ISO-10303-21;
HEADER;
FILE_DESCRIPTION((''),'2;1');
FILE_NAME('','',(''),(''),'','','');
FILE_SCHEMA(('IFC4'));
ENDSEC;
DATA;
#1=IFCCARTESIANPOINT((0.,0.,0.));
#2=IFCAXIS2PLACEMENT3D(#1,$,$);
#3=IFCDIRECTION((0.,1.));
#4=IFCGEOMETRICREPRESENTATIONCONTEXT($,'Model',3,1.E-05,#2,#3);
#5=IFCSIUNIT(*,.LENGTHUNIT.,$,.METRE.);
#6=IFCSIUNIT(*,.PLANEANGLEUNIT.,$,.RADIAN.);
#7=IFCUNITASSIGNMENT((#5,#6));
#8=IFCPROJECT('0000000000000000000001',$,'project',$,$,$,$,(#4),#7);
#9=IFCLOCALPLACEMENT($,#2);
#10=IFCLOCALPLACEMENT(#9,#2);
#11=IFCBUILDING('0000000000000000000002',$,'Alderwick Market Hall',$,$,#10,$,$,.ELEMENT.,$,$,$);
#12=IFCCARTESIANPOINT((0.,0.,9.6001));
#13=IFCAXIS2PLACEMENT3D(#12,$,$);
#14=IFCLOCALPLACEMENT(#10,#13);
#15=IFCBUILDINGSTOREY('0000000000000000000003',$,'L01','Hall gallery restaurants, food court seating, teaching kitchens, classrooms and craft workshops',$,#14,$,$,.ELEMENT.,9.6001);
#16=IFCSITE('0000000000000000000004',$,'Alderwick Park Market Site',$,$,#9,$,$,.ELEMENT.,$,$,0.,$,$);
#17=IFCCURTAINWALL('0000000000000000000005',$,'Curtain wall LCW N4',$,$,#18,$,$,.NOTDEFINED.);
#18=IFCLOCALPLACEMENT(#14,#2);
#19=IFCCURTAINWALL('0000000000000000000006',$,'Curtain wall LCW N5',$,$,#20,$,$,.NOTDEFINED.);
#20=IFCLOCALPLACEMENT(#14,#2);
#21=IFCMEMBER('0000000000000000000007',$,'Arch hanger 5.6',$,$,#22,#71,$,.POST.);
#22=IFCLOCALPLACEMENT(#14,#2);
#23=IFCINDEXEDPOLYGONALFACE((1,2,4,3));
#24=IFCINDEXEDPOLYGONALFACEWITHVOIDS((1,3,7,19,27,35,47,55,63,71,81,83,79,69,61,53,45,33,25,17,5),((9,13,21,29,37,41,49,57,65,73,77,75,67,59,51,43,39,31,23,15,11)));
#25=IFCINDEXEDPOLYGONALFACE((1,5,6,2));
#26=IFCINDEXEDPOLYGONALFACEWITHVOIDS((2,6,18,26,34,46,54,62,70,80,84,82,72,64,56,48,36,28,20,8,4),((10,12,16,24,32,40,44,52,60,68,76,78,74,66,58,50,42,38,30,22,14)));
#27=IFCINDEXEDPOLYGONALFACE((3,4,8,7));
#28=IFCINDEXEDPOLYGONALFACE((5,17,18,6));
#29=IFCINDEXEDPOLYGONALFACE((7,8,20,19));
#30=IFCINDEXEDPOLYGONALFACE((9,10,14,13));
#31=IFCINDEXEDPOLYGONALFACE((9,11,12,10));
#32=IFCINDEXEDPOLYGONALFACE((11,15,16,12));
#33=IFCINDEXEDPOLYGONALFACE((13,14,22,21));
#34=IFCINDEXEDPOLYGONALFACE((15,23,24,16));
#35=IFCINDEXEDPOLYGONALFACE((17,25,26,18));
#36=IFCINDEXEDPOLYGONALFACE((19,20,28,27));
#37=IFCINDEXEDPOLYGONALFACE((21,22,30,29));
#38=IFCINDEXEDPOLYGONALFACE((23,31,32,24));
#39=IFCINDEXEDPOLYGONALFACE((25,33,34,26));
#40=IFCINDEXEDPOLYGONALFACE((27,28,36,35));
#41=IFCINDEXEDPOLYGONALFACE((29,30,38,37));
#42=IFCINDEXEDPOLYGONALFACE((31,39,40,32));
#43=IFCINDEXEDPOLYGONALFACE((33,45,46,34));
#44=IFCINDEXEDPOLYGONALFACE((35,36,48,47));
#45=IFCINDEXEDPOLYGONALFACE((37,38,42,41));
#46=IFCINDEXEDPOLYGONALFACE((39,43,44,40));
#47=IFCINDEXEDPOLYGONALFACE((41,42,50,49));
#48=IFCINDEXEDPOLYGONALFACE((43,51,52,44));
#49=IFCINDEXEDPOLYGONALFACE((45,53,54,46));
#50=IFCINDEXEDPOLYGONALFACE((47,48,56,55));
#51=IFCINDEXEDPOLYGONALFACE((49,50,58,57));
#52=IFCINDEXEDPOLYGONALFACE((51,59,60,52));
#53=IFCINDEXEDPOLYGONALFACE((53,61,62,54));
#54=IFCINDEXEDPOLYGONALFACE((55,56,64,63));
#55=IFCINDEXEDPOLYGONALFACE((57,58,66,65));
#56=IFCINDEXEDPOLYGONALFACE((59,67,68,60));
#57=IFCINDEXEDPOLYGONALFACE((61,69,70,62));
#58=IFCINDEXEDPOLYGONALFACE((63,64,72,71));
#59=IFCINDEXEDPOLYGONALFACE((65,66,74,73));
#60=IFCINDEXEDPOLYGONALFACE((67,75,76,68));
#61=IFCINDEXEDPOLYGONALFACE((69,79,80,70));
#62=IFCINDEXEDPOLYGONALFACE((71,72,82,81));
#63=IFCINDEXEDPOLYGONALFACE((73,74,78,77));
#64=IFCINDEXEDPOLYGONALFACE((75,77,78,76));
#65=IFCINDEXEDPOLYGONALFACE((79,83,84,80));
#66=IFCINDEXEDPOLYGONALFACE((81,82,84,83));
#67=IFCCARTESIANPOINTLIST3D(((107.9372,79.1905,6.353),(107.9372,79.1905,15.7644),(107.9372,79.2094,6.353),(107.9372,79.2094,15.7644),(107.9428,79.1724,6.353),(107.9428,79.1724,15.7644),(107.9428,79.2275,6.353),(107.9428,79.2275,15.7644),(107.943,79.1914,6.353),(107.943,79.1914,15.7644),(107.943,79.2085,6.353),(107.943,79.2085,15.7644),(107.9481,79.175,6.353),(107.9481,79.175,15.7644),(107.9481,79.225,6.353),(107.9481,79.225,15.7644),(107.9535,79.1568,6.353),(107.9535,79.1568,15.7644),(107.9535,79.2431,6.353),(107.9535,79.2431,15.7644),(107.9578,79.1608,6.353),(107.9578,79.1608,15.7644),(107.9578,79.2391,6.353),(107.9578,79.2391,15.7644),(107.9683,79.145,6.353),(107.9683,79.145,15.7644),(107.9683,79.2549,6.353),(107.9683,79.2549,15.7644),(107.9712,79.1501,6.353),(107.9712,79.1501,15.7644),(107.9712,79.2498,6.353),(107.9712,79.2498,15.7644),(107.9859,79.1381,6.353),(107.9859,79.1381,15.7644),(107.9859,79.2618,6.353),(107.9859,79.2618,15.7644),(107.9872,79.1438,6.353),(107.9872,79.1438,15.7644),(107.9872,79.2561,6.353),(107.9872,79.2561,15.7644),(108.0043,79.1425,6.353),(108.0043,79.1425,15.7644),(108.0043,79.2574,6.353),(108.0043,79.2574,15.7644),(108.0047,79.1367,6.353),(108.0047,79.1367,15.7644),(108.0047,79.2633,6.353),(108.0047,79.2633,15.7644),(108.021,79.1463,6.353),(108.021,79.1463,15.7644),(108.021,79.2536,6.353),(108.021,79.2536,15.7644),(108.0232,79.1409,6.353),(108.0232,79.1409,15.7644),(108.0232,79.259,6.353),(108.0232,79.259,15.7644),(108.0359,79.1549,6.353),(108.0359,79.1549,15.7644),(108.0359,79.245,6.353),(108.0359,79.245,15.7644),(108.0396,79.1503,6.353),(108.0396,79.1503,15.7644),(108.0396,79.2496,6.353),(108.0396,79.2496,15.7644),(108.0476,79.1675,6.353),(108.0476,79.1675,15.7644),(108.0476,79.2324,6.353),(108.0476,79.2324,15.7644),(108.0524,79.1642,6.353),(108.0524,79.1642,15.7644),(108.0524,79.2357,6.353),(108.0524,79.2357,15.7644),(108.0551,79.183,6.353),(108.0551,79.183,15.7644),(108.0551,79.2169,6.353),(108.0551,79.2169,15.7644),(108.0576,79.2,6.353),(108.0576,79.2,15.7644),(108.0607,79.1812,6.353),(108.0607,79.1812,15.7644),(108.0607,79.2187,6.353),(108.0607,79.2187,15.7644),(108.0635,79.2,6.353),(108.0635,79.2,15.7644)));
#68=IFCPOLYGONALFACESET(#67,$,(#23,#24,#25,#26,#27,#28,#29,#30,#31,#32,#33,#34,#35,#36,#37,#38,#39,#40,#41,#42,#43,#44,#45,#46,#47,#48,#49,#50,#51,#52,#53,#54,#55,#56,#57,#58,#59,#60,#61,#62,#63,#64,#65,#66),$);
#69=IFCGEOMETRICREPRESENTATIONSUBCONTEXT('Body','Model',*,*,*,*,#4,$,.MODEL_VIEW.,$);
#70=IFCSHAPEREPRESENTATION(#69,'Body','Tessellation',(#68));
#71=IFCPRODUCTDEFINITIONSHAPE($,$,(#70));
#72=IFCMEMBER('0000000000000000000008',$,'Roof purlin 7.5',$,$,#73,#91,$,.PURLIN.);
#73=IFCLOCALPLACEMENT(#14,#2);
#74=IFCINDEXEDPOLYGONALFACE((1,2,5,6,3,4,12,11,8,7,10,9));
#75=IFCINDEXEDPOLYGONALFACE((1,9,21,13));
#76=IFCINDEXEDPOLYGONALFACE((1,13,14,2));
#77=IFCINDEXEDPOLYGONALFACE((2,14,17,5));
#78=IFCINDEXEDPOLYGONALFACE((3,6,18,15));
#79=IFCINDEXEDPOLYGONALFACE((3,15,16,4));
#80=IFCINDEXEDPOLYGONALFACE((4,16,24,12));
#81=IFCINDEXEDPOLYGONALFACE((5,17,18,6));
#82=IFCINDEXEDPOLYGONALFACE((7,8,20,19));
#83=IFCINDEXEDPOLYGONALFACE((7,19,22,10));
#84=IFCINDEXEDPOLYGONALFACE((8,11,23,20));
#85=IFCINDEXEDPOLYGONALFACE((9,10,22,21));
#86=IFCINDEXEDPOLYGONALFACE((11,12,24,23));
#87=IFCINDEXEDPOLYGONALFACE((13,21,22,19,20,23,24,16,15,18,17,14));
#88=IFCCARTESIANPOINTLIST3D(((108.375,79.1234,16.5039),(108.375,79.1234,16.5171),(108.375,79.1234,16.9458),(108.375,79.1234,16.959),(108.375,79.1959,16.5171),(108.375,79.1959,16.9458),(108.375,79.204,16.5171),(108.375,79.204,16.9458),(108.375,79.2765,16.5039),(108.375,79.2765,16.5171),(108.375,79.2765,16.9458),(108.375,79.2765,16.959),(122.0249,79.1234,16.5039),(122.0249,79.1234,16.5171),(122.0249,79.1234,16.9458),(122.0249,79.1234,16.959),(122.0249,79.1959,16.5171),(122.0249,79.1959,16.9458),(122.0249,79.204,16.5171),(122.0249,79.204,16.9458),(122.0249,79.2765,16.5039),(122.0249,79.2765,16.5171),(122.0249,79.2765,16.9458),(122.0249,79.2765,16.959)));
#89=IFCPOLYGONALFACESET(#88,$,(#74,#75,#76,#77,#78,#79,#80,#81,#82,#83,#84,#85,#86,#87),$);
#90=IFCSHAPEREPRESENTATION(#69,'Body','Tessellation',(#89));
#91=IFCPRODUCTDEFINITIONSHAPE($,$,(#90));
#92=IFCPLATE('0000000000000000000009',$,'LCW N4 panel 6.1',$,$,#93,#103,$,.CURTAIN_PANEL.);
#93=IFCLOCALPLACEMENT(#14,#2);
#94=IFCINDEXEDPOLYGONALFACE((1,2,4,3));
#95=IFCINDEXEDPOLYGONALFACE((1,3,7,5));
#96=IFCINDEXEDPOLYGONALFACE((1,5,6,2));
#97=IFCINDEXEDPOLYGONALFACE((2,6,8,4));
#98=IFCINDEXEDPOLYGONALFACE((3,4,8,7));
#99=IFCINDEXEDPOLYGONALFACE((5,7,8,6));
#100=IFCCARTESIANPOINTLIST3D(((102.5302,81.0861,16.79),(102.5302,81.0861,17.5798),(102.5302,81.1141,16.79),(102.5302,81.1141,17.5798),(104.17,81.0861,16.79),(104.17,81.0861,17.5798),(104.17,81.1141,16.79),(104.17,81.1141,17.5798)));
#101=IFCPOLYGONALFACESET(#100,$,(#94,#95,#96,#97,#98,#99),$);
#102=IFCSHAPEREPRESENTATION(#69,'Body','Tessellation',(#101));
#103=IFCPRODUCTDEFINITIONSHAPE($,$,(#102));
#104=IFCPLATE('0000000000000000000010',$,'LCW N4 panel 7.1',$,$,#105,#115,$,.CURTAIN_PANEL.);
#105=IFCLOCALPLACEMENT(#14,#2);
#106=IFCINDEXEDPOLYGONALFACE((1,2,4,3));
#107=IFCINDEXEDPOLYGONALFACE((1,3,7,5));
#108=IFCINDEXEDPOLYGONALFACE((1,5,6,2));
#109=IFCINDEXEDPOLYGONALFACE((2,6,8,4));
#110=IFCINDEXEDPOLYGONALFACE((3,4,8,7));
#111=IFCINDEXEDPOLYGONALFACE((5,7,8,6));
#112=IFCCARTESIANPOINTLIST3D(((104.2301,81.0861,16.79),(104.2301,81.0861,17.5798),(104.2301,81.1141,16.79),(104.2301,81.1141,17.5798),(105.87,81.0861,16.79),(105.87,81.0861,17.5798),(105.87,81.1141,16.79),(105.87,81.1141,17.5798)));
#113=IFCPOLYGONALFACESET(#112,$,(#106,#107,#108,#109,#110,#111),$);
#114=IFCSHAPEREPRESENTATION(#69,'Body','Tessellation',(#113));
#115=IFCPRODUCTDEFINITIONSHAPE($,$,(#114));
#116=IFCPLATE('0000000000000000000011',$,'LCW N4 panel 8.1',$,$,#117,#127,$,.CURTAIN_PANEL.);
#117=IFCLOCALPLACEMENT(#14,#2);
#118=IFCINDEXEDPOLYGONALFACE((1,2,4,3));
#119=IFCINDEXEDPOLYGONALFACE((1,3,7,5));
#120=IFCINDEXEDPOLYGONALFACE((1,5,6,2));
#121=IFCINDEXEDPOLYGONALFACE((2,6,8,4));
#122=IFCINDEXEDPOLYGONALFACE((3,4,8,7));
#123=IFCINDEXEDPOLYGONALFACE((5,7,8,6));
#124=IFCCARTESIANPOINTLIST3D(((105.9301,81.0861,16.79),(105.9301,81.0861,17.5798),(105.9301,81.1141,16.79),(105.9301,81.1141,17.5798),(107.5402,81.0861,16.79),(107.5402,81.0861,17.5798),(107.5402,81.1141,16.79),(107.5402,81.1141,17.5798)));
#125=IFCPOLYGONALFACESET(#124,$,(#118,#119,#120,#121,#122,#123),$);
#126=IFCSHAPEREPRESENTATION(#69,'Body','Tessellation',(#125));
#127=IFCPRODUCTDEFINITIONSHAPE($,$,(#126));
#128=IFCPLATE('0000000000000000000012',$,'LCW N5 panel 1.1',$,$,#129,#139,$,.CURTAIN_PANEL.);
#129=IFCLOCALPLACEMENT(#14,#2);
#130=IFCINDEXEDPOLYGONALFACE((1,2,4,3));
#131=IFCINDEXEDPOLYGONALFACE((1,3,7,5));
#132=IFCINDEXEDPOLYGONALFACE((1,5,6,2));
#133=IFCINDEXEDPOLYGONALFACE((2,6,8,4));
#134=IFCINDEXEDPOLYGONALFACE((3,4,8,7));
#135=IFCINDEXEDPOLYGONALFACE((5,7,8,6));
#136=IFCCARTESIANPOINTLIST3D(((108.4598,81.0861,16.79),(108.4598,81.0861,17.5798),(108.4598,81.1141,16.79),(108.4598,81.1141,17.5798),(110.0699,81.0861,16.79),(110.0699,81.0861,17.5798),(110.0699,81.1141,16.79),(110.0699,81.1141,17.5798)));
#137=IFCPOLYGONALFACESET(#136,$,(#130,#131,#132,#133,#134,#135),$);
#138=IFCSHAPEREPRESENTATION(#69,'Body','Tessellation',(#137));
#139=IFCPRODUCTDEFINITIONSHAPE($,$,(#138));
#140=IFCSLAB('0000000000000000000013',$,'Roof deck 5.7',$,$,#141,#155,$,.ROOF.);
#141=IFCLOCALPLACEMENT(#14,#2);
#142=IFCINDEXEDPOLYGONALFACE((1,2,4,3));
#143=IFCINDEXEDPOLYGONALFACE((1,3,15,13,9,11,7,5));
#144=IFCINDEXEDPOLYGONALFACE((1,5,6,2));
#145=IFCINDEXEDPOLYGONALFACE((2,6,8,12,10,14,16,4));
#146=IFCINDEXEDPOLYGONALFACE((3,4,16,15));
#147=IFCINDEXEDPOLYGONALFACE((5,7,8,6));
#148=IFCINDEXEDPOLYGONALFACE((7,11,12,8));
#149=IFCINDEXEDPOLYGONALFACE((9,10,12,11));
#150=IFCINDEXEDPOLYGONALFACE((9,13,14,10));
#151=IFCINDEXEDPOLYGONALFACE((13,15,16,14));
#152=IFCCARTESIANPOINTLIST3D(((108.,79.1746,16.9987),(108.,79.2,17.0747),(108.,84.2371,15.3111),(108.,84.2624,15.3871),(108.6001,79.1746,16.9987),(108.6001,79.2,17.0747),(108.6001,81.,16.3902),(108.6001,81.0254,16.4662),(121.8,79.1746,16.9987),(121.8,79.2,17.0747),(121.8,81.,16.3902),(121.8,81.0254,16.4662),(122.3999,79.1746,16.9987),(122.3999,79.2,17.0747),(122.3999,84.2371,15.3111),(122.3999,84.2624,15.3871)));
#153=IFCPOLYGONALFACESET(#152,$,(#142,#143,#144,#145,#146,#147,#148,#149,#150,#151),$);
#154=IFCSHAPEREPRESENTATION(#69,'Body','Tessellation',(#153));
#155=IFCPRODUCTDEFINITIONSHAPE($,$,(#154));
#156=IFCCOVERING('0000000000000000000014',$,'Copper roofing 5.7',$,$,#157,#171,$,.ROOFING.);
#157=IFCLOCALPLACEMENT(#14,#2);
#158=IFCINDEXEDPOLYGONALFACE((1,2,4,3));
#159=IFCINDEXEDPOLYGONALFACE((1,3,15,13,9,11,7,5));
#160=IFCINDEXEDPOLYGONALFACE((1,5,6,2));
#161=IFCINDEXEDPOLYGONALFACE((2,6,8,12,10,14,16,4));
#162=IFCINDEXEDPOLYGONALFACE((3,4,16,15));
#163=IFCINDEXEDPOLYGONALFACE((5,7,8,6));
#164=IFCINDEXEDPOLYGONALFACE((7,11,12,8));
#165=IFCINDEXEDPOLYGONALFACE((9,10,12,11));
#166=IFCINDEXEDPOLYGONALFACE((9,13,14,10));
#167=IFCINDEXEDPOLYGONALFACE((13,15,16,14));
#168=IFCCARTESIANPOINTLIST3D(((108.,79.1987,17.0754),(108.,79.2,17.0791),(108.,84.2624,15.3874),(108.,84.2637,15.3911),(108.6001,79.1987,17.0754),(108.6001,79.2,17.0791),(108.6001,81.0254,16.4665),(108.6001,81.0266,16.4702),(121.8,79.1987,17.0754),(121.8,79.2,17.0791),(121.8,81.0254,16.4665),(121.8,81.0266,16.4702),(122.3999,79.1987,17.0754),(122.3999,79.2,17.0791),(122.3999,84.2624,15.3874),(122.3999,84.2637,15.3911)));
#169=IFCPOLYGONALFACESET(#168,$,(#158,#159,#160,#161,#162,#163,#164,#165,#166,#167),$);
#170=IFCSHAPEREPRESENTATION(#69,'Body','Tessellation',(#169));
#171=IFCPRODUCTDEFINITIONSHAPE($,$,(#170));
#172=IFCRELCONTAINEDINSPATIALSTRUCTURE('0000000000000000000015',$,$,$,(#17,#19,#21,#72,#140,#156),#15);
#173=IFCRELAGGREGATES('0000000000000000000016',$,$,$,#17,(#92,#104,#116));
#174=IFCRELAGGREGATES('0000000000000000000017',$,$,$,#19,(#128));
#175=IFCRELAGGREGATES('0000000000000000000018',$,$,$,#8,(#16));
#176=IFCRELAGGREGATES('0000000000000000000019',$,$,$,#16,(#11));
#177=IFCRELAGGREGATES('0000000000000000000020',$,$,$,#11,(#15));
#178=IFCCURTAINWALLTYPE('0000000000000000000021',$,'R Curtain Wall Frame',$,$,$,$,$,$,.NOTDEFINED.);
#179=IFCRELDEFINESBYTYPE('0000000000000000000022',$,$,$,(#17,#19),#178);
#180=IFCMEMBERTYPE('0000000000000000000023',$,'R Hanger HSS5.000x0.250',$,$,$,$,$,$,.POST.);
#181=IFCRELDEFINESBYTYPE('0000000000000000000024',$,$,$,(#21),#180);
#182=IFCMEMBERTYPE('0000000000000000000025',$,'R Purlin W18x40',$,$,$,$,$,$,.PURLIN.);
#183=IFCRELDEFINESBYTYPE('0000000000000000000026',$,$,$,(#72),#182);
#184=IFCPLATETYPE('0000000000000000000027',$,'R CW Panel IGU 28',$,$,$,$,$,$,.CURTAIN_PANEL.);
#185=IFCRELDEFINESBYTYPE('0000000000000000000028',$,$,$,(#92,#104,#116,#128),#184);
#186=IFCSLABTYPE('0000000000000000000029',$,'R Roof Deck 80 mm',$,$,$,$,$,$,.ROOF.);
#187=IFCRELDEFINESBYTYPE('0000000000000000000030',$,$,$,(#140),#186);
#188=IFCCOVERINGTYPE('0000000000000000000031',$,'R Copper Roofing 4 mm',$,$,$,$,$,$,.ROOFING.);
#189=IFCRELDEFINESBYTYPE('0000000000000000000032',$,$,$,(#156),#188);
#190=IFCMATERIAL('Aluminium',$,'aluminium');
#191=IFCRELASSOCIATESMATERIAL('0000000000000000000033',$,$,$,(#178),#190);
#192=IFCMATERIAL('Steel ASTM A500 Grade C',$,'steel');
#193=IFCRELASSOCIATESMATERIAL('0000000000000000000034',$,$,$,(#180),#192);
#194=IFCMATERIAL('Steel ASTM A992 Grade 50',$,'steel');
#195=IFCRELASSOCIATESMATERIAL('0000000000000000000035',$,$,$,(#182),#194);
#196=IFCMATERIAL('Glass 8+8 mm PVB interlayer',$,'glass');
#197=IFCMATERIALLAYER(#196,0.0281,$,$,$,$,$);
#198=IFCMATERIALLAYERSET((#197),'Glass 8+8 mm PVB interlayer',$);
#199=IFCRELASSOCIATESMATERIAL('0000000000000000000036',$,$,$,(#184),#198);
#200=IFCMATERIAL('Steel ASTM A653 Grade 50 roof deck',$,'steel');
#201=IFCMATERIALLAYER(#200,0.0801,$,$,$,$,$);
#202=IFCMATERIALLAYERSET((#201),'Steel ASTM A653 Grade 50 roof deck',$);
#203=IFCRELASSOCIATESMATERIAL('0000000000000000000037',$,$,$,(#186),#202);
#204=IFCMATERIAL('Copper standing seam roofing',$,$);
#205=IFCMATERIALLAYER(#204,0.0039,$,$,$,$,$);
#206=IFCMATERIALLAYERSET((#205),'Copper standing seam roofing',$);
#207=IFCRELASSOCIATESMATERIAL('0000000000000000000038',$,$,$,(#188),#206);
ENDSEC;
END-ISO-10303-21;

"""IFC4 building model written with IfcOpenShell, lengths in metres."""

from ifc_helpers import new_model, si_unit, direction, frame, origin, origin_2d, place, context, subcontext, project, spatial, polyline, rectangle, hollow_circle, i_section, outline, extrude, material, layer, layer_set, material_profile, profile_set, type_object, element, aggregate, save


model = new_model("IFC4")

# Units and contexts
model_context = context("Model", 3, precision=1e-05, world=origin(), true_north=direction((0.0, 1.0)))
body_context = subcontext(model_context, "Body", "Model", "MODEL_VIEW")
ifc_project = project(units=[si_unit("LENGTHUNIT", "METRE"), si_unit("PLANEANGLEUNIT", "RADIAN")], contexts=[model_context])

# Site, building, storey
site_placement = place(None, origin())
site = spatial("IfcSite", under=ifc_project, at=site_placement, Name="Alderwick Park Market Site", CompositionType="ELEMENT", RefElevation=0.0)
building_placement = place(site_placement, origin())
building = spatial("IfcBuilding", under=site, at=building_placement, Name="Alderwick Market Hall", CompositionType="ELEMENT")
storey_placement = place(building_placement, frame((0.0, 0.0, 9.6001)))
storey = spatial("IfcBuildingStorey", under=building, at=storey_placement, Name="L01", Description="Hall gallery restaurants, food court seating, teaching kitchens, classrooms and craft workshops", CompositionType="ELEMENT", Elevation=9.6001)

# Curtain wall
ifc_material_1 = material(Name="Aluminium", Category="aluminium")
curtain_wall_type = type_object("IfcCurtainWallType", Name="R Curtain Wall Frame", PredefinedType="NOTDEFINED", material=ifc_material_1)
curtain_wall_1_placement = place(storey_placement, origin())
curtain_wall_1 = element("IfcCurtainWall", 1, at=curtain_wall_1_placement, inside=storey, type_object=curtain_wall_type, Name="Curtain wall LCW N4", PredefinedType="NOTDEFINED")

# Curtain wall
curtain_wall_2_placement = place(storey_placement, origin())
curtain_wall_2 = element("IfcCurtainWall", 2, at=curtain_wall_2_placement, inside=storey, type_object=curtain_wall_type, Name="Curtain wall LCW N5", PredefinedType="NOTDEFINED")

# Members
ifc_material_2 = material(Name="Steel ASTM A500 Grade C", Category="steel")
ifc_material_profile_1 = material_profile(ifc_material_2, hollow_circle(Radius=0.0635, WallThickness=0.0059, at=origin_2d()), Name="HSS5.000x0.250")
ifc_profile_set_1 = profile_set([ifc_material_profile_1], Name="Steel ASTM A500 Grade C")
member_type_1 = type_object("IfcMemberType", Name="R Hanger HSS5.000x0.250", PredefinedType="POST", material=ifc_profile_set_1)
member_1_placement = place(storey_placement, frame((108.0, 79.2, 6.353), z_axis=(0.0, 0.0, 1.0), x_axis=(1.0, 0.0, 0.0)))
element("IfcMember", 3, at=member_1_placement, inside=storey, type_object=member_type_1, Name="Arch hanger 5.6", PredefinedType="POST", context=body_context, shape_type="SweptSolid", body=[
    extrude(hollow_circle(Radius=0.0635, WallThickness=0.0059, at=origin_2d()), origin(), (0.0, 0.0, 1.0), 9.4114),
])
ifc_material_3 = material(Name="Steel ASTM A992 Grade 50", Category="steel")
ifc_material_profile_2 = material_profile(ifc_material_3, i_section(OverallWidth=0.1531, OverallDepth=0.4551, WebThickness=0.0081, FlangeThickness=0.0132, at=origin_2d()), Name="W18x40")
ifc_profile_set_2 = profile_set([ifc_material_profile_2], Name="Steel ASTM A992 Grade 50")
member_type_2 = type_object("IfcMemberType", Name="R Purlin W18x40", PredefinedType="PURLIN", material=ifc_profile_set_2)
member_2_placement = place(storey_placement, frame((108.375, 79.2, 16.7314), z_axis=(1.0, 0.0, 0.0), x_axis=(0.0, 1.0, 0.0)))
element("IfcMember", 4, at=member_2_placement, inside=storey, type_object=member_type_2, Name="Roof purlin 7.5", PredefinedType="PURLIN", context=body_context, shape_type="SweptSolid", body=[
    extrude(i_section(OverallWidth=0.1531, OverallDepth=0.4551, WebThickness=0.0081, FlangeThickness=0.0132, at=origin_2d()), origin(), (0.0, 0.0, 1.0), 13.6499),
])

# Plates
ifc_material_4 = material(Name="Glass 8+8 mm PVB interlayer", Category="glass")
ifc_layer_1 = layer(ifc_material_4, 0.0281)
ifc_layer_set_1 = layer_set([ifc_layer_1], Name="Glass 8+8 mm PVB interlayer")
plate_type = type_object("IfcPlateType", Name="R CW Panel IGU 28", PredefinedType="CURTAIN_PANEL", material=ifc_layer_set_1)
plate_1_placement = place(storey_placement, frame((103.3501, 81.1001, 16.79), z_axis=(0.0, 0.0, 1.0), x_axis=(1.0, 0.0, 0.0)))
plate_1 = element("IfcPlate", 5, at=plate_1_placement, type_object=plate_type, Name="LCW N4 panel 6.1", PredefinedType="CURTAIN_PANEL", context=body_context, shape_type="SweptSolid", body=[
    extrude(rectangle(XDim=1.6399, YDim=0.0281, at=origin_2d()), origin(), (0.0, 0.0, 1.0), 0.7898),
])
plate_2_placement = place(storey_placement, frame((105.05, 81.1001, 16.79), z_axis=(0.0, 0.0, 1.0), x_axis=(1.0, 0.0, 0.0)))
plate_2 = element("IfcPlate", 6, at=plate_2_placement, type_object=plate_type, Name="LCW N4 panel 7.1", PredefinedType="CURTAIN_PANEL", context=body_context, shape_type="SweptSolid", body=[
    extrude(rectangle(XDim=1.6399, YDim=0.0281, at=origin_2d()), origin(), (0.0, 0.0, 1.0), 0.7898),
])
plate_3_placement = place(storey_placement, frame((106.7351, 81.1001, 16.79), z_axis=(0.0, 0.0, 1.0), x_axis=(1.0, 0.0, 0.0)))
plate_3 = element("IfcPlate", 7, at=plate_3_placement, type_object=plate_type, Name="LCW N4 panel 8.1", PredefinedType="CURTAIN_PANEL", context=body_context, shape_type="SweptSolid", body=[
    extrude(rectangle(XDim=1.6101, YDim=0.0281, at=origin_2d()), origin(), (0.0, 0.0, 1.0), 0.7898),
])
aggregate(curtain_wall_1, [plate_1, plate_2, plate_3])
plate_4_placement = place(storey_placement, frame((109.2649, 81.1001, 16.79), z_axis=(0.0, 0.0, 1.0), x_axis=(1.0, 0.0, 0.0)))
plate_4 = element("IfcPlate", 8, at=plate_4_placement, type_object=plate_type, Name="LCW N5 panel 1.1", PredefinedType="CURTAIN_PANEL", context=body_context, shape_type="SweptSolid", body=[
    extrude(rectangle(XDim=1.6101, YDim=0.0281, at=origin_2d()), origin(), (0.0, 0.0, 1.0), 0.7898),
])
aggregate(curtain_wall_2, [plate_4])

# Slab
ifc_material_5 = material(Name="Steel ASTM A653 Grade 50 roof deck", Category="steel")
ifc_layer_2 = layer(ifc_material_5, 0.0801)
ifc_layer_set_2 = layer_set([ifc_layer_2], Name="Steel ASTM A653 Grade 50 roof deck")
slab_type = type_object("IfcSlabType", Name="R Roof Deck 80 mm", PredefinedType="ROOF", material=ifc_layer_set_2)
slab_placement = place(storey_placement, frame((108.0, 79.2, 17.0747), z_axis=(0.0, 0.316247, 0.948677), x_axis=(1.0, 0.0, 0.0)))
element("IfcSlab", 9, at=slab_placement, inside=storey, type_object=slab_type, Name="Roof deck 5.7", PredefinedType="ROOF", context=body_context, shape_type="SweptSolid", body=[
    extrude(outline(polyline([(0.0, 0.0), (0.6001, 0.0), (0.6001, 1.9242), (13.8, 1.9242), (13.8, 0.0), (14.3999, 0.0), (14.3999, 5.3363), (0.0, 5.3363), (0.0, 0.0)])), origin(), (0.0, 0.0, -1.0), 0.0801),
])

# Covering
ifc_material_6 = material(Name="Copper standing seam roofing")
ifc_layer_3 = layer(ifc_material_6, 0.0039)
ifc_layer_set_3 = layer_set([ifc_layer_3], Name="Copper standing seam roofing")
covering_type = type_object("IfcCoveringType", Name="R Copper Roofing 4 mm", PredefinedType="ROOFING", material=ifc_layer_set_3)
covering_placement = place(storey_placement, frame((108.0, 79.2, 17.0791), z_axis=(0.0, 0.316248, 0.948676), x_axis=(1.0, 0.0, 0.0)))
element("IfcCovering", 10, at=covering_placement, inside=storey, type_object=covering_type, Name="Copper roofing 5.7", PredefinedType="ROOFING", context=body_context, shape_type="SweptSolid", body=[
    extrude(outline(polyline([(0.0, 0.0), (0.6001, 0.0), (0.6001, 1.9255), (13.8, 1.9255), (13.8, 0.0), (14.3999, 0.0), (14.3999, 5.3377), (0.0, 5.3377), (0.0, 0.0)])), origin(), (0.0, 0.0, -1.0), 0.0039),
])

save(model, "model.ifc")
